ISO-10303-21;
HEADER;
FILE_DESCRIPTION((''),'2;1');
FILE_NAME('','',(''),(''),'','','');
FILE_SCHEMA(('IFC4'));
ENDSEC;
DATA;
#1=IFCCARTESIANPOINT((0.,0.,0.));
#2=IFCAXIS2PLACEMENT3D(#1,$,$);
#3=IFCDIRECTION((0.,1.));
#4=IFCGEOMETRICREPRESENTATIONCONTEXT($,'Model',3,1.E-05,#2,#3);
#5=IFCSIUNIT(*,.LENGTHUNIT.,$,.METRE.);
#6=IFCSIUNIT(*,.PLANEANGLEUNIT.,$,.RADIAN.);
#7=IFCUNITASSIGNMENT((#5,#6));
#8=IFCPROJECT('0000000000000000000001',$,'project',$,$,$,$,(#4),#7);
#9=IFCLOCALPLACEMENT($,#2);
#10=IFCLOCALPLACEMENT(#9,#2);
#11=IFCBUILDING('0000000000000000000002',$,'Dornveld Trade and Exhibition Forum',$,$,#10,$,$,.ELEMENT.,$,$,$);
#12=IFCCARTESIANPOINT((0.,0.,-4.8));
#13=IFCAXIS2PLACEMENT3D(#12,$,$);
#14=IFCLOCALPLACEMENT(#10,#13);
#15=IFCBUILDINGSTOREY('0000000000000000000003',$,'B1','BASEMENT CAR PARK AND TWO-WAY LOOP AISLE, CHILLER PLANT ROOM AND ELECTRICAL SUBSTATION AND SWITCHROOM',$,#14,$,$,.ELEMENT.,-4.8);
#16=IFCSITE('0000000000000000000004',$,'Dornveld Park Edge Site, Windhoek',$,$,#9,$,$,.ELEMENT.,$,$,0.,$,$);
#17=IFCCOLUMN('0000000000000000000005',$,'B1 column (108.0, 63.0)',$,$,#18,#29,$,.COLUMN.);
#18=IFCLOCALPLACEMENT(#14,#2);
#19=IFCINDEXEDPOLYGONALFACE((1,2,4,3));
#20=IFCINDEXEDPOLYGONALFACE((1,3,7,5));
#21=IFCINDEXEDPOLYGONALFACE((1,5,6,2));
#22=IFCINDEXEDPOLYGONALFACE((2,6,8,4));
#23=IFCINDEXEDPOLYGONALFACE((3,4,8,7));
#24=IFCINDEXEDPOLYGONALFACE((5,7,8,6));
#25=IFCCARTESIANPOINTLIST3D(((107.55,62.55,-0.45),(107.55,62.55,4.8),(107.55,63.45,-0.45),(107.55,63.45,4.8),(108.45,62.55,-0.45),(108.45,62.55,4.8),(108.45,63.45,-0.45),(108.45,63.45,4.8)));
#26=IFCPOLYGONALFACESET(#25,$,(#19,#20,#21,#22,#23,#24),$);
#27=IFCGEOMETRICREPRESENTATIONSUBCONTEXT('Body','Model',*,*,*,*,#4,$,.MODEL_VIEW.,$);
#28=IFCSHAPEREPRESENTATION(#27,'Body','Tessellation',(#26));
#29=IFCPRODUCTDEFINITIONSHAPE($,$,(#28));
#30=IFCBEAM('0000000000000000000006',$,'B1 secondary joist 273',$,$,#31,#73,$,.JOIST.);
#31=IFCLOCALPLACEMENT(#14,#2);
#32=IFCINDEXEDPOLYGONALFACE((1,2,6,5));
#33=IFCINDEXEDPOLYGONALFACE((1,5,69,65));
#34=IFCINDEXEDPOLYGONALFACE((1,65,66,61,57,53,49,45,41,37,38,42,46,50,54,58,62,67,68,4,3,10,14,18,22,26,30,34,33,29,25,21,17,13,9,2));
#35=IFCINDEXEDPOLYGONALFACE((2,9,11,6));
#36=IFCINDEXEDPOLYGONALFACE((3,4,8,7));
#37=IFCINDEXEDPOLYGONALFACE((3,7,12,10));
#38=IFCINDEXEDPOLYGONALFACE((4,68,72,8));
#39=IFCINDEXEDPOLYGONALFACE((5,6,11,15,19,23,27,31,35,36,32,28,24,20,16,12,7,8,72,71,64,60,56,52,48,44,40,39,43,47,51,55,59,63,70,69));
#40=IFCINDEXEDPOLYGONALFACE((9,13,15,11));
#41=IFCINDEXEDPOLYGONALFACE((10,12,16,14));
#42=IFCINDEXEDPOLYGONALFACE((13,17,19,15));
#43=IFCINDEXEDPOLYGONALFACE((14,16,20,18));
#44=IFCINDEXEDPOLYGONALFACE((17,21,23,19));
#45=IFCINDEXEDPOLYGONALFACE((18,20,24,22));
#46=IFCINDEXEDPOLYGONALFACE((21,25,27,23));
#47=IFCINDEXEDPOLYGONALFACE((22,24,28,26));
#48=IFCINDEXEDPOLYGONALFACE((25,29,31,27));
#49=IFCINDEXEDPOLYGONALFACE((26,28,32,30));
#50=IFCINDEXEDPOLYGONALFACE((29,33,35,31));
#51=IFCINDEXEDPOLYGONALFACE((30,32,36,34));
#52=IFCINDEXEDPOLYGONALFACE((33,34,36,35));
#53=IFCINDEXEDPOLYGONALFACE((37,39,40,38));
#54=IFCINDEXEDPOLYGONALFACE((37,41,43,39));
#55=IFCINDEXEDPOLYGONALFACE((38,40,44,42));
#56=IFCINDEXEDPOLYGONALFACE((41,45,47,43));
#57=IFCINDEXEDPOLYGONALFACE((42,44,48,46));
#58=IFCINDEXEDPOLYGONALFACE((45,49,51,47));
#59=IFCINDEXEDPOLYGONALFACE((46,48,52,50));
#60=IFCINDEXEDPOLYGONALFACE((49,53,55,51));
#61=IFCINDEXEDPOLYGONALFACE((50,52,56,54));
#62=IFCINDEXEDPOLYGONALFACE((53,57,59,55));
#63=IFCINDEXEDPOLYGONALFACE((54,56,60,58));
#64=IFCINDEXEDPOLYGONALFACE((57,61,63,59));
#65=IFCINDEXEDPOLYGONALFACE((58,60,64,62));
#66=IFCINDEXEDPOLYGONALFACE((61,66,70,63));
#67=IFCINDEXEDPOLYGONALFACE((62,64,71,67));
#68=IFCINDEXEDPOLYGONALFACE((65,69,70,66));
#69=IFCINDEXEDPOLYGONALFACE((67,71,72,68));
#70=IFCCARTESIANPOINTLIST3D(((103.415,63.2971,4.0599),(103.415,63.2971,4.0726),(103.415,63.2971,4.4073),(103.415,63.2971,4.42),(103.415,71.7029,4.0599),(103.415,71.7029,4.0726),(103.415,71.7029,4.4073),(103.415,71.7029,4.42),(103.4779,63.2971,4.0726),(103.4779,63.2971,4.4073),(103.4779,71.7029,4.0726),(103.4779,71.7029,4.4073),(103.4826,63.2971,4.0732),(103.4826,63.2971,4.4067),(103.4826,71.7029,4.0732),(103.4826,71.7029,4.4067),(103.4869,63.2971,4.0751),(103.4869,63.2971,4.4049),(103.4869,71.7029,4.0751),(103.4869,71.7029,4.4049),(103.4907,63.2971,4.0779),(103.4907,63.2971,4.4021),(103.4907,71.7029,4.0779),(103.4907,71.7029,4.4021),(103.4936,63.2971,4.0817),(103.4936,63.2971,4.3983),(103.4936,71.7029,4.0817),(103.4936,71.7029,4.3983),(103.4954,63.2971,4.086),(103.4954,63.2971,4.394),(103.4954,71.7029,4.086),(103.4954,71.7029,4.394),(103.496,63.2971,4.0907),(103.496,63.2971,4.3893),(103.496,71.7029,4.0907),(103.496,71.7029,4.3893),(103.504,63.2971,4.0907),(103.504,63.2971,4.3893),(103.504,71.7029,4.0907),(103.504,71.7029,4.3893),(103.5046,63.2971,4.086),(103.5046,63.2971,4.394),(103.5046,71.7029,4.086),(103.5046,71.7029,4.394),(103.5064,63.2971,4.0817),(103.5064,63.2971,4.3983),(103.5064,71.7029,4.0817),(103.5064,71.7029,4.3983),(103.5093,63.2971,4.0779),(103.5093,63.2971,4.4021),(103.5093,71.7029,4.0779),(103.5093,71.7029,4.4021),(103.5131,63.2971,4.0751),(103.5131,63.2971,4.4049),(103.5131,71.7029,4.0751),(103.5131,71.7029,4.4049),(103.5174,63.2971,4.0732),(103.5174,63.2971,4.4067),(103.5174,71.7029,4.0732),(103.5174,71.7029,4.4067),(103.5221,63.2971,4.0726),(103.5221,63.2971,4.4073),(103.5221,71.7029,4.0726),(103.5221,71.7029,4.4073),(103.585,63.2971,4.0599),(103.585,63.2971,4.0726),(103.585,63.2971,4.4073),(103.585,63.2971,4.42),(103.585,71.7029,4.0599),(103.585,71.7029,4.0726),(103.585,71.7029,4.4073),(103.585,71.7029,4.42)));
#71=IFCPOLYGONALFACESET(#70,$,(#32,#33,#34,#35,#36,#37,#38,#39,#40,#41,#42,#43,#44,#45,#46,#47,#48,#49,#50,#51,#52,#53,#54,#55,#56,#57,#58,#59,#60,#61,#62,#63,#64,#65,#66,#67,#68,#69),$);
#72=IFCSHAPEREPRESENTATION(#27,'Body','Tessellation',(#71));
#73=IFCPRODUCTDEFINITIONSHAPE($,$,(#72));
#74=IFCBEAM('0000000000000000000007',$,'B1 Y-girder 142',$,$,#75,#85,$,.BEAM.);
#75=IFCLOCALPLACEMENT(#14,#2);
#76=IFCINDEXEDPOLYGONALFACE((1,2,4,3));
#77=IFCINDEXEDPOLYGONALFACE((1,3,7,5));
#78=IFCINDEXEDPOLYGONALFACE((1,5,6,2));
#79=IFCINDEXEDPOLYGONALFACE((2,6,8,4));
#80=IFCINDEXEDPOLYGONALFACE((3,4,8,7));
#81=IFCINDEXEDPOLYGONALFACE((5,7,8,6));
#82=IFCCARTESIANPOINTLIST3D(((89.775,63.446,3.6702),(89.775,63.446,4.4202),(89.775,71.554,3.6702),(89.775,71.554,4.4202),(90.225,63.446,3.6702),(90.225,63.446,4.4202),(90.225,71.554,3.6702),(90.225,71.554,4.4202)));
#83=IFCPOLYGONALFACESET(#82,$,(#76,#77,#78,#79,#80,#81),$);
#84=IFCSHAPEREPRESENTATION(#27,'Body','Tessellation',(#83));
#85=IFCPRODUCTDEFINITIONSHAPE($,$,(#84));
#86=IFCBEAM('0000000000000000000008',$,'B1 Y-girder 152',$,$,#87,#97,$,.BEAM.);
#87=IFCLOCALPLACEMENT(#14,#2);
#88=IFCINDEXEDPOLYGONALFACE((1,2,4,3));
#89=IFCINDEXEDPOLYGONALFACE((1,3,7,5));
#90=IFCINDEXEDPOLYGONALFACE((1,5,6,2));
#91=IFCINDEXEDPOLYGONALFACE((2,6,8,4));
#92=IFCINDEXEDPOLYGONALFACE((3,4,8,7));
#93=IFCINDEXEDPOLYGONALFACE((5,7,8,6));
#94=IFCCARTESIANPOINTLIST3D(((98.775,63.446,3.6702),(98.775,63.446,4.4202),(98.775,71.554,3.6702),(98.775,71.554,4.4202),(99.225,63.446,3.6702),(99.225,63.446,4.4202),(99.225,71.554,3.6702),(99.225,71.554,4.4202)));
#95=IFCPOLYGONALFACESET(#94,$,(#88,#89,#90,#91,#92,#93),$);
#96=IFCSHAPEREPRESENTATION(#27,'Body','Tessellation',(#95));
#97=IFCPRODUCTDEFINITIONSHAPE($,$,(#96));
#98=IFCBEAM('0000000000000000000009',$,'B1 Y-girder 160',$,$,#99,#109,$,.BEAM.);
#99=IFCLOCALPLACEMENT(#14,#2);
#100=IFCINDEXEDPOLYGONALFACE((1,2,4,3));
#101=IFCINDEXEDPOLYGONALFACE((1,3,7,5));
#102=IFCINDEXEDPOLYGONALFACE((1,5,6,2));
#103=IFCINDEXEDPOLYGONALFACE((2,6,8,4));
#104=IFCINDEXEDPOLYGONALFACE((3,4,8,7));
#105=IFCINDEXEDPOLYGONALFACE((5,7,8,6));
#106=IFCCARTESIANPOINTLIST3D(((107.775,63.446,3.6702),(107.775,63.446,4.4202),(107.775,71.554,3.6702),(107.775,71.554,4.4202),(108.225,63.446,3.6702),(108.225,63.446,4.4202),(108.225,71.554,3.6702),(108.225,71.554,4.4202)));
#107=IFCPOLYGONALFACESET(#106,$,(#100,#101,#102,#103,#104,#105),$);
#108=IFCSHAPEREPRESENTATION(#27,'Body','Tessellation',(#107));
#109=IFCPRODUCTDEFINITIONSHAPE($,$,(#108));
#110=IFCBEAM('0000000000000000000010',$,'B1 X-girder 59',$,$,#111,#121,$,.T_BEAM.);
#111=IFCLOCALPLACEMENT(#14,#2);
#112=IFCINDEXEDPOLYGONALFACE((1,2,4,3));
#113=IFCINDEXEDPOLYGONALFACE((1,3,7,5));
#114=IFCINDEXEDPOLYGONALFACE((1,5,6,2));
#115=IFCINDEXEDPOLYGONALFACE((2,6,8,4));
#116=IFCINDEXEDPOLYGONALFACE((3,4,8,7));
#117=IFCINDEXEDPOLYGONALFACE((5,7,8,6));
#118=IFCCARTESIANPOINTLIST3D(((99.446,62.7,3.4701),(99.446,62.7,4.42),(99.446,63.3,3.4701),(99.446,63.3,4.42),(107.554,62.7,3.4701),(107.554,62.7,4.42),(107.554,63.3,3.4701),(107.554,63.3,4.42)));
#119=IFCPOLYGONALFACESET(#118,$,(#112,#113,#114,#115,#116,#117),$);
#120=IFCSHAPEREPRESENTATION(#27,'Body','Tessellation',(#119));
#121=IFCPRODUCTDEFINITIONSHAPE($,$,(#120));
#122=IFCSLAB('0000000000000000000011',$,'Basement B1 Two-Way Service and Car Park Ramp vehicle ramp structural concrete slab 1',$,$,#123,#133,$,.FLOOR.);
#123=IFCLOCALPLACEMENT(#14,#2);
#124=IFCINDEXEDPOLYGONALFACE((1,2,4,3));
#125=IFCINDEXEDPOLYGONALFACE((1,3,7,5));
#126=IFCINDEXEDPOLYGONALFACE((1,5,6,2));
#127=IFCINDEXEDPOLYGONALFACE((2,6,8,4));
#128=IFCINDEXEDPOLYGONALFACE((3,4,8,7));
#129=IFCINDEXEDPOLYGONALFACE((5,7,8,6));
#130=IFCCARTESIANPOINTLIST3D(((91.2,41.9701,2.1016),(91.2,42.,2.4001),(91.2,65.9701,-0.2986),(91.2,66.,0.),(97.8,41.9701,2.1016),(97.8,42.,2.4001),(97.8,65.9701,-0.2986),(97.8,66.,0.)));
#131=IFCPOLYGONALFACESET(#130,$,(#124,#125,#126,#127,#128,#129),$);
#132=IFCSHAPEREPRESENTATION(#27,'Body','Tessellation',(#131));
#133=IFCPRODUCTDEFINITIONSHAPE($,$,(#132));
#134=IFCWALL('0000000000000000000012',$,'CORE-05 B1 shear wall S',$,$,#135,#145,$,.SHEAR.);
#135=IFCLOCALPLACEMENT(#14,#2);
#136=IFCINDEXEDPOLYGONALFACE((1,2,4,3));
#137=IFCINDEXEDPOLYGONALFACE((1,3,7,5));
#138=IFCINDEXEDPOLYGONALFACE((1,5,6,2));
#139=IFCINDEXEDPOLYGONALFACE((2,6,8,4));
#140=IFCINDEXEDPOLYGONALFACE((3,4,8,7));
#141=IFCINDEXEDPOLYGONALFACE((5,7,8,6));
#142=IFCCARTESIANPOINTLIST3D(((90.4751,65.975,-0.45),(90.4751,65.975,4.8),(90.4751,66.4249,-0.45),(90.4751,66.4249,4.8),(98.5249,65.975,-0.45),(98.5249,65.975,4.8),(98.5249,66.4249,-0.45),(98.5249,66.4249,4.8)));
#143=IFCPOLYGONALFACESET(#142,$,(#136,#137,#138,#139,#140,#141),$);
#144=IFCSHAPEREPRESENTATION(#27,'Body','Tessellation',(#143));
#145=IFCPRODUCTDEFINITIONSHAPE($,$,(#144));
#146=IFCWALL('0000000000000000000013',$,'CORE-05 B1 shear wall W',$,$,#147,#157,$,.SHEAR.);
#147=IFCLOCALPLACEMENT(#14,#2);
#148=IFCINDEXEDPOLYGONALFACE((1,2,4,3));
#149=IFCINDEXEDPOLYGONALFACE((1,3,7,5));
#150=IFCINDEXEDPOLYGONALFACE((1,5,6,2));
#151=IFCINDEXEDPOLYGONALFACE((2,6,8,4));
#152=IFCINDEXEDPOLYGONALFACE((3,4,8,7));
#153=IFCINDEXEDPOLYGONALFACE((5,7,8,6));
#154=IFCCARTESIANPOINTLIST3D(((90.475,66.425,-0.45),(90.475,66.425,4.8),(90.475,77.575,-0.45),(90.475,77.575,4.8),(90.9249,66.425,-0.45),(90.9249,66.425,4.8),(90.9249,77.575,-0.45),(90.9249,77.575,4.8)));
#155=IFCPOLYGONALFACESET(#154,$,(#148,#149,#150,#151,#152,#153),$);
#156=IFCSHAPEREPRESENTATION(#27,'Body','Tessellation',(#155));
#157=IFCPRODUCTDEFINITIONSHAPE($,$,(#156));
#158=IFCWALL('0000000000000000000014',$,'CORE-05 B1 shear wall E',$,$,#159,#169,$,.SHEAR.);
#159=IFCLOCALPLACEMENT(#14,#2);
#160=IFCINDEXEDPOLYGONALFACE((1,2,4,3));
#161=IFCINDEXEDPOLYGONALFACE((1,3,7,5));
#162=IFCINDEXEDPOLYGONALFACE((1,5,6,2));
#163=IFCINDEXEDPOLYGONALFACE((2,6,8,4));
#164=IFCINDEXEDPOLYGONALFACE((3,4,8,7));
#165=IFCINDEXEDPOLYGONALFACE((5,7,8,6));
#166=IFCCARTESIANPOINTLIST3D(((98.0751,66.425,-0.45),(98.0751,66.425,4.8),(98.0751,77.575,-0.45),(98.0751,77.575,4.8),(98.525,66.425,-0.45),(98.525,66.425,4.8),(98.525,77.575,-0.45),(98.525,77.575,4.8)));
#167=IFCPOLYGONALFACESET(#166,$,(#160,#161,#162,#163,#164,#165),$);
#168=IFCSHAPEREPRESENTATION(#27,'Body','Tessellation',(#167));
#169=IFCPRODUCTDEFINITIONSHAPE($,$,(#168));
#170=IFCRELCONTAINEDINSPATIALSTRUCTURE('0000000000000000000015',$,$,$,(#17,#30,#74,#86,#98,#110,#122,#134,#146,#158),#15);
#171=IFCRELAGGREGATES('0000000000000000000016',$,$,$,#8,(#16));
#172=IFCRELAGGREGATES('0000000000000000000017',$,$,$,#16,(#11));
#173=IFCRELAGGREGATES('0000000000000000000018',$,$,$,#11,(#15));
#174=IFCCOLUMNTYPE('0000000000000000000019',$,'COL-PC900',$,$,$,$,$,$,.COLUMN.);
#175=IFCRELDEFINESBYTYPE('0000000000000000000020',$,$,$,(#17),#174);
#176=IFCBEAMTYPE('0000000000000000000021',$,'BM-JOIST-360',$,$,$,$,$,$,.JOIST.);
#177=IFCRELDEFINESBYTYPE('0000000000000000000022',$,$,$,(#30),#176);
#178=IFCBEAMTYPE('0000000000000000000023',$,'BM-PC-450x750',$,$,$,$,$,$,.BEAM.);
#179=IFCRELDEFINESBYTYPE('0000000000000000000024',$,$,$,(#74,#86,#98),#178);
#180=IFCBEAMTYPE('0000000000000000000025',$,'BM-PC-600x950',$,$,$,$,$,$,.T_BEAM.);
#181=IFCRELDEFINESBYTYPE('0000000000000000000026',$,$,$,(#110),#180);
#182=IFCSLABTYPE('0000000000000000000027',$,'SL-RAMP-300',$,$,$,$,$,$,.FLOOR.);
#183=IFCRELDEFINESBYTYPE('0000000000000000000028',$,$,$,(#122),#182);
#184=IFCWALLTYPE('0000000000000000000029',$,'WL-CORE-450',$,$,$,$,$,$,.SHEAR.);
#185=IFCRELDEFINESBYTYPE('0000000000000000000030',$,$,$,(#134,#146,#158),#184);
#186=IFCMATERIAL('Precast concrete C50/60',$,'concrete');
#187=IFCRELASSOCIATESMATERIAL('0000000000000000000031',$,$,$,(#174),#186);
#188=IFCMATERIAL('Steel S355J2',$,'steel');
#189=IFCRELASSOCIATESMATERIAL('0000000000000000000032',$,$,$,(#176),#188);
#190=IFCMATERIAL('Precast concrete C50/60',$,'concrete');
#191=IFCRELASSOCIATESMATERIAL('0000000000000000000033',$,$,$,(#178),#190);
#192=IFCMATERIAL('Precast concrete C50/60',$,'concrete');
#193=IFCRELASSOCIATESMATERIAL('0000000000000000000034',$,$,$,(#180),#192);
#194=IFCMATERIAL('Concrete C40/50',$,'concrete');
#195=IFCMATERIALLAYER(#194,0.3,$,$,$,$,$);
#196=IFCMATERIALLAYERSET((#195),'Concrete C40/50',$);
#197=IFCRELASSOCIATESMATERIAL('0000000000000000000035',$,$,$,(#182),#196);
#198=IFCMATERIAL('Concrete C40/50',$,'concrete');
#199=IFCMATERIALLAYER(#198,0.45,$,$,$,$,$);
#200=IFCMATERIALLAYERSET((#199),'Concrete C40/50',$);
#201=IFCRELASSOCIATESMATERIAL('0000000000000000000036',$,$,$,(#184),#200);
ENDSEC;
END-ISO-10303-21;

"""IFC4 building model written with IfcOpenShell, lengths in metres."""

from ifc_helpers import new_model, si_unit, direction, frame, frame_2d, origin, origin_2d, place, context, subcontext, project, spatial, polyline, rectangle, i_section, outline, extrude, material, layer, layer_set, material_profile, profile_set, type_object, element, save


model = new_model("IFC4")

# Units and contexts
model_context = context("Model", 3, precision=1e-05, world=origin(), true_north=direction((0.0, 1.0)))
body_context = subcontext(model_context, "Body", "Model", "MODEL_VIEW")
ifc_project = project(units=[si_unit("LENGTHUNIT", "METRE"), si_unit("PLANEANGLEUNIT", "RADIAN")], contexts=[model_context])

# Site, building, storey
site_placement = place(None, origin())
site = spatial("IfcSite", under=ifc_project, at=site_placement, Name="Dornveld Park Edge Site, Windhoek", CompositionType="ELEMENT", RefElevation=0.0)
building_placement = place(site_placement, origin())
building = spatial("IfcBuilding", under=site, at=building_placement, Name="Dornveld Trade and Exhibition Forum", CompositionType="ELEMENT")
storey_placement = place(building_placement, frame((0.0, 0.0, -4.8)))
storey = spatial("IfcBuildingStorey", under=building, at=storey_placement, Name="B1", Description="BASEMENT CAR PARK AND TWO-WAY LOOP AISLE, CHILLER PLANT ROOM AND ELECTRICAL SUBSTATION AND SWITCHROOM", CompositionType="ELEMENT", Elevation=-4.8)

# Column
ifc_material_1 = material(Name="Precast concrete C50/60", Category="concrete")
ifc_material_profile_1 = material_profile(ifc_material_1, rectangle(XDim=0.8999, YDim=0.8999, at=origin_2d()), Name="PC-COL 900x900")
ifc_profile_set_1 = profile_set([ifc_material_profile_1], Name="Precast concrete C50/60")
column_type = type_object("IfcColumnType", Name="COL-PC900", PredefinedType="COLUMN", material=ifc_profile_set_1)
for number, where, z_axis, x_axis, name in (
    (1, (108.0, 63.0, -0.45), (0.0, 0.0, 1.0), (1.0, 0.0, 0.0), "B1 column (108.0, 63.0)"),
):
    element("IfcColumn", number, at=place(storey_placement, frame(where, z_axis=z_axis, x_axis=x_axis)), inside=storey, type_object=column_type, Name=name, PredefinedType="COLUMN", context=body_context, shape_type="SweptSolid", body=[
        extrude(rectangle(XDim=0.8999, YDim=0.8999, at=origin_2d()), origin(), (0.0, 0.0, 1.0), 5.25),
    ])

# Beams
ifc_material_2 = material(Name="Steel S355J2", Category="steel")
ifc_material_profile_2 = material_profile(ifc_material_2, i_section(OverallWidth=0.1699, OverallDepth=0.3601, WebThickness=0.0081, FlangeThickness=0.0127, FilletRadius=0.0181, at=origin_2d()), Name="IPE 360")
ifc_profile_set_2 = profile_set([ifc_material_profile_2], Name="Steel S355J2")
beam_type_1 = type_object("IfcBeamType", Name="BM-JOIST-360", PredefinedType="JOIST", material=ifc_profile_set_2)
beam_1_placement = place(storey_placement, frame((103.5, 63.2971, 4.24), z_axis=(0.0, 1.0, 0.0), x_axis=(-1.0, 0.0, 0.0)))
element("IfcBeam", 2, at=beam_1_placement, inside=storey, type_object=beam_type_1, Name="B1 secondary joist 273", PredefinedType="JOIST", context=body_context, shape_type="SweptSolid", body=[
    extrude(i_section(OverallWidth=0.1699, OverallDepth=0.3601, WebThickness=0.0081, FlangeThickness=0.0127, FilletRadius=0.0181, at=origin_2d()), origin(), (0.0, 0.0, 1.0), 8.4058),
])
ifc_material_3 = material(Name="Precast concrete C50/60", Category="concrete")
ifc_material_profile_3 = material_profile(ifc_material_3, rectangle(XDim=0.45, YDim=0.75, at=origin_2d()), Name="PC-BM 450x750")
ifc_profile_set_3 = profile_set([ifc_material_profile_3], Name="Precast concrete C50/60")
beam_type_2 = type_object("IfcBeamType", Name="BM-PC-450x750", PredefinedType="BEAM", material=ifc_profile_set_3)
for number, where, z_axis, x_axis, name in (
    (3, (90.0, 63.446, 4.0452), (0.0, 1.0, 0.0), (-1.0, 0.0, 0.0), "B1 Y-girder 142"),
    (4, (99.0, 63.446, 4.0452), (0.0, 1.0, 0.0), (-1.0, 0.0, 0.0), "B1 Y-girder 152"),
    (5, (108.0, 63.446, 4.0452), (0.0, 1.0, 0.0), (-1.0, 0.0, 0.0), "B1 Y-girder 160"),
):
    element("IfcBeam", number, at=place(storey_placement, frame(where, z_axis=z_axis, x_axis=x_axis)), inside=storey, type_object=beam_type_2, Name=name, PredefinedType="BEAM", context=body_context, shape_type="SweptSolid", body=[
        extrude(rectangle(XDim=0.45, YDim=0.75, at=origin_2d()), origin(), (0.0, 0.0, 1.0), 8.1079),
    ])
ifc_material_4 = material(Name="Precast concrete C50/60", Category="concrete")
ifc_material_profile_4 = material_profile(ifc_material_4, rectangle(XDim=0.6001, YDim=0.95, at=origin_2d()), Name="PC-GIR 600x950")
ifc_profile_set_4 = profile_set([ifc_material_profile_4], Name="Precast concrete C50/60")
beam_type_3 = type_object("IfcBeamType", Name="BM-PC-600x950", PredefinedType="T_BEAM", material=ifc_profile_set_4)
beam_2_placement = place(storey_placement, frame((99.446, 63.0, 3.9451), z_axis=(1.0, 0.0, 0.0), x_axis=(0.0, 1.0, 0.0)))
element("IfcBeam", 6, at=beam_2_placement, inside=storey, type_object=beam_type_3, Name="B1 X-girder 59", PredefinedType="T_BEAM", context=body_context, shape_type="SweptSolid", body=[
    extrude(rectangle(XDim=0.6001, YDim=0.95, at=origin_2d()), origin(), (0.0, 0.0, 1.0), 8.1079),
])

# Slab
ifc_material_5 = material(Name="Concrete C40/50", Category="concrete")
ifc_layer_1 = layer(ifc_material_5, 0.3)
ifc_layer_set_1 = layer_set([ifc_layer_1], Name="Concrete C40/50")
slab_type = type_object("IfcSlabType", Name="SL-RAMP-300", PredefinedType="FLOOR", material=ifc_layer_set_1)
slab_placement = place(storey_placement, frame((91.2, 66.0, 0.0), z_axis=(0.0, 0.09951, 0.995037), x_axis=(1.0, 0.0, 0.0)))
element("IfcSlab", 7, at=slab_placement, inside=storey, type_object=slab_type, Name="Basement B1 Two-Way Service and Car Park Ramp vehicle ramp structural concrete slab 1", PredefinedType="FLOOR", context=body_context, shape_type="SweptSolid", body=[
    extrude(outline(polyline([(0.0, 0.0), (6.6001, 0.0), (6.6001, -24.1197), (0.0, -24.1197), (0.0, 0.0)])), origin(), (0.0, 0.0, -1.0), 0.3),
])

# Walls
ifc_material_6 = material(Name="Concrete C40/50", Category="concrete")
ifc_layer_2 = layer(ifc_material_6, 0.45)
ifc_layer_set_2 = layer_set([ifc_layer_2], Name="Concrete C40/50")
wall_type_1 = type_object("IfcWallType", Name="WL-CORE-450", PredefinedType="SHEAR", material=ifc_layer_set_2)
wall_1_placement = place(storey_placement, frame((90.4751, 66.2, -0.45), z_axis=(0.0, 0.0, 1.0), x_axis=(1.0, 0.0, 0.0)))
element("IfcWall", 8, at=wall_1_placement, inside=storey, type_object=wall_type_1, Name="CORE-05 B1 shear wall S", PredefinedType="SHEAR", context=body_context, shape_type="SweptSolid", body=[
    extrude(rectangle(XDim=8.0498, YDim=0.45, at=frame_2d((4.0249, 0.0))), origin(), (0.0, 0.0, 1.0), 5.25),
])
for number, where, z_axis, x_axis, name in (
    (9, (90.7, 66.425, -0.45), (0.0, 0.0, 1.0), (0.0, 1.0, 0.0), "CORE-05 B1 shear wall W"),
    (10, (98.3, 66.425, -0.45), (0.0, 0.0, 1.0), (0.0, 1.0, 0.0), "CORE-05 B1 shear wall E"),
):
    element("IfcWall", number, at=place(storey_placement, frame(where, z_axis=z_axis, x_axis=x_axis)), inside=storey, type_object=wall_type_1, Name=name, PredefinedType="SHEAR", context=body_context, shape_type="SweptSolid", body=[
        extrude(rectangle(XDim=11.1499, YDim=0.45, at=frame_2d((5.575, 0.0))), origin(), (0.0, 0.0, 1.0), 5.25),
    ])

save(model, "model.ifc")
